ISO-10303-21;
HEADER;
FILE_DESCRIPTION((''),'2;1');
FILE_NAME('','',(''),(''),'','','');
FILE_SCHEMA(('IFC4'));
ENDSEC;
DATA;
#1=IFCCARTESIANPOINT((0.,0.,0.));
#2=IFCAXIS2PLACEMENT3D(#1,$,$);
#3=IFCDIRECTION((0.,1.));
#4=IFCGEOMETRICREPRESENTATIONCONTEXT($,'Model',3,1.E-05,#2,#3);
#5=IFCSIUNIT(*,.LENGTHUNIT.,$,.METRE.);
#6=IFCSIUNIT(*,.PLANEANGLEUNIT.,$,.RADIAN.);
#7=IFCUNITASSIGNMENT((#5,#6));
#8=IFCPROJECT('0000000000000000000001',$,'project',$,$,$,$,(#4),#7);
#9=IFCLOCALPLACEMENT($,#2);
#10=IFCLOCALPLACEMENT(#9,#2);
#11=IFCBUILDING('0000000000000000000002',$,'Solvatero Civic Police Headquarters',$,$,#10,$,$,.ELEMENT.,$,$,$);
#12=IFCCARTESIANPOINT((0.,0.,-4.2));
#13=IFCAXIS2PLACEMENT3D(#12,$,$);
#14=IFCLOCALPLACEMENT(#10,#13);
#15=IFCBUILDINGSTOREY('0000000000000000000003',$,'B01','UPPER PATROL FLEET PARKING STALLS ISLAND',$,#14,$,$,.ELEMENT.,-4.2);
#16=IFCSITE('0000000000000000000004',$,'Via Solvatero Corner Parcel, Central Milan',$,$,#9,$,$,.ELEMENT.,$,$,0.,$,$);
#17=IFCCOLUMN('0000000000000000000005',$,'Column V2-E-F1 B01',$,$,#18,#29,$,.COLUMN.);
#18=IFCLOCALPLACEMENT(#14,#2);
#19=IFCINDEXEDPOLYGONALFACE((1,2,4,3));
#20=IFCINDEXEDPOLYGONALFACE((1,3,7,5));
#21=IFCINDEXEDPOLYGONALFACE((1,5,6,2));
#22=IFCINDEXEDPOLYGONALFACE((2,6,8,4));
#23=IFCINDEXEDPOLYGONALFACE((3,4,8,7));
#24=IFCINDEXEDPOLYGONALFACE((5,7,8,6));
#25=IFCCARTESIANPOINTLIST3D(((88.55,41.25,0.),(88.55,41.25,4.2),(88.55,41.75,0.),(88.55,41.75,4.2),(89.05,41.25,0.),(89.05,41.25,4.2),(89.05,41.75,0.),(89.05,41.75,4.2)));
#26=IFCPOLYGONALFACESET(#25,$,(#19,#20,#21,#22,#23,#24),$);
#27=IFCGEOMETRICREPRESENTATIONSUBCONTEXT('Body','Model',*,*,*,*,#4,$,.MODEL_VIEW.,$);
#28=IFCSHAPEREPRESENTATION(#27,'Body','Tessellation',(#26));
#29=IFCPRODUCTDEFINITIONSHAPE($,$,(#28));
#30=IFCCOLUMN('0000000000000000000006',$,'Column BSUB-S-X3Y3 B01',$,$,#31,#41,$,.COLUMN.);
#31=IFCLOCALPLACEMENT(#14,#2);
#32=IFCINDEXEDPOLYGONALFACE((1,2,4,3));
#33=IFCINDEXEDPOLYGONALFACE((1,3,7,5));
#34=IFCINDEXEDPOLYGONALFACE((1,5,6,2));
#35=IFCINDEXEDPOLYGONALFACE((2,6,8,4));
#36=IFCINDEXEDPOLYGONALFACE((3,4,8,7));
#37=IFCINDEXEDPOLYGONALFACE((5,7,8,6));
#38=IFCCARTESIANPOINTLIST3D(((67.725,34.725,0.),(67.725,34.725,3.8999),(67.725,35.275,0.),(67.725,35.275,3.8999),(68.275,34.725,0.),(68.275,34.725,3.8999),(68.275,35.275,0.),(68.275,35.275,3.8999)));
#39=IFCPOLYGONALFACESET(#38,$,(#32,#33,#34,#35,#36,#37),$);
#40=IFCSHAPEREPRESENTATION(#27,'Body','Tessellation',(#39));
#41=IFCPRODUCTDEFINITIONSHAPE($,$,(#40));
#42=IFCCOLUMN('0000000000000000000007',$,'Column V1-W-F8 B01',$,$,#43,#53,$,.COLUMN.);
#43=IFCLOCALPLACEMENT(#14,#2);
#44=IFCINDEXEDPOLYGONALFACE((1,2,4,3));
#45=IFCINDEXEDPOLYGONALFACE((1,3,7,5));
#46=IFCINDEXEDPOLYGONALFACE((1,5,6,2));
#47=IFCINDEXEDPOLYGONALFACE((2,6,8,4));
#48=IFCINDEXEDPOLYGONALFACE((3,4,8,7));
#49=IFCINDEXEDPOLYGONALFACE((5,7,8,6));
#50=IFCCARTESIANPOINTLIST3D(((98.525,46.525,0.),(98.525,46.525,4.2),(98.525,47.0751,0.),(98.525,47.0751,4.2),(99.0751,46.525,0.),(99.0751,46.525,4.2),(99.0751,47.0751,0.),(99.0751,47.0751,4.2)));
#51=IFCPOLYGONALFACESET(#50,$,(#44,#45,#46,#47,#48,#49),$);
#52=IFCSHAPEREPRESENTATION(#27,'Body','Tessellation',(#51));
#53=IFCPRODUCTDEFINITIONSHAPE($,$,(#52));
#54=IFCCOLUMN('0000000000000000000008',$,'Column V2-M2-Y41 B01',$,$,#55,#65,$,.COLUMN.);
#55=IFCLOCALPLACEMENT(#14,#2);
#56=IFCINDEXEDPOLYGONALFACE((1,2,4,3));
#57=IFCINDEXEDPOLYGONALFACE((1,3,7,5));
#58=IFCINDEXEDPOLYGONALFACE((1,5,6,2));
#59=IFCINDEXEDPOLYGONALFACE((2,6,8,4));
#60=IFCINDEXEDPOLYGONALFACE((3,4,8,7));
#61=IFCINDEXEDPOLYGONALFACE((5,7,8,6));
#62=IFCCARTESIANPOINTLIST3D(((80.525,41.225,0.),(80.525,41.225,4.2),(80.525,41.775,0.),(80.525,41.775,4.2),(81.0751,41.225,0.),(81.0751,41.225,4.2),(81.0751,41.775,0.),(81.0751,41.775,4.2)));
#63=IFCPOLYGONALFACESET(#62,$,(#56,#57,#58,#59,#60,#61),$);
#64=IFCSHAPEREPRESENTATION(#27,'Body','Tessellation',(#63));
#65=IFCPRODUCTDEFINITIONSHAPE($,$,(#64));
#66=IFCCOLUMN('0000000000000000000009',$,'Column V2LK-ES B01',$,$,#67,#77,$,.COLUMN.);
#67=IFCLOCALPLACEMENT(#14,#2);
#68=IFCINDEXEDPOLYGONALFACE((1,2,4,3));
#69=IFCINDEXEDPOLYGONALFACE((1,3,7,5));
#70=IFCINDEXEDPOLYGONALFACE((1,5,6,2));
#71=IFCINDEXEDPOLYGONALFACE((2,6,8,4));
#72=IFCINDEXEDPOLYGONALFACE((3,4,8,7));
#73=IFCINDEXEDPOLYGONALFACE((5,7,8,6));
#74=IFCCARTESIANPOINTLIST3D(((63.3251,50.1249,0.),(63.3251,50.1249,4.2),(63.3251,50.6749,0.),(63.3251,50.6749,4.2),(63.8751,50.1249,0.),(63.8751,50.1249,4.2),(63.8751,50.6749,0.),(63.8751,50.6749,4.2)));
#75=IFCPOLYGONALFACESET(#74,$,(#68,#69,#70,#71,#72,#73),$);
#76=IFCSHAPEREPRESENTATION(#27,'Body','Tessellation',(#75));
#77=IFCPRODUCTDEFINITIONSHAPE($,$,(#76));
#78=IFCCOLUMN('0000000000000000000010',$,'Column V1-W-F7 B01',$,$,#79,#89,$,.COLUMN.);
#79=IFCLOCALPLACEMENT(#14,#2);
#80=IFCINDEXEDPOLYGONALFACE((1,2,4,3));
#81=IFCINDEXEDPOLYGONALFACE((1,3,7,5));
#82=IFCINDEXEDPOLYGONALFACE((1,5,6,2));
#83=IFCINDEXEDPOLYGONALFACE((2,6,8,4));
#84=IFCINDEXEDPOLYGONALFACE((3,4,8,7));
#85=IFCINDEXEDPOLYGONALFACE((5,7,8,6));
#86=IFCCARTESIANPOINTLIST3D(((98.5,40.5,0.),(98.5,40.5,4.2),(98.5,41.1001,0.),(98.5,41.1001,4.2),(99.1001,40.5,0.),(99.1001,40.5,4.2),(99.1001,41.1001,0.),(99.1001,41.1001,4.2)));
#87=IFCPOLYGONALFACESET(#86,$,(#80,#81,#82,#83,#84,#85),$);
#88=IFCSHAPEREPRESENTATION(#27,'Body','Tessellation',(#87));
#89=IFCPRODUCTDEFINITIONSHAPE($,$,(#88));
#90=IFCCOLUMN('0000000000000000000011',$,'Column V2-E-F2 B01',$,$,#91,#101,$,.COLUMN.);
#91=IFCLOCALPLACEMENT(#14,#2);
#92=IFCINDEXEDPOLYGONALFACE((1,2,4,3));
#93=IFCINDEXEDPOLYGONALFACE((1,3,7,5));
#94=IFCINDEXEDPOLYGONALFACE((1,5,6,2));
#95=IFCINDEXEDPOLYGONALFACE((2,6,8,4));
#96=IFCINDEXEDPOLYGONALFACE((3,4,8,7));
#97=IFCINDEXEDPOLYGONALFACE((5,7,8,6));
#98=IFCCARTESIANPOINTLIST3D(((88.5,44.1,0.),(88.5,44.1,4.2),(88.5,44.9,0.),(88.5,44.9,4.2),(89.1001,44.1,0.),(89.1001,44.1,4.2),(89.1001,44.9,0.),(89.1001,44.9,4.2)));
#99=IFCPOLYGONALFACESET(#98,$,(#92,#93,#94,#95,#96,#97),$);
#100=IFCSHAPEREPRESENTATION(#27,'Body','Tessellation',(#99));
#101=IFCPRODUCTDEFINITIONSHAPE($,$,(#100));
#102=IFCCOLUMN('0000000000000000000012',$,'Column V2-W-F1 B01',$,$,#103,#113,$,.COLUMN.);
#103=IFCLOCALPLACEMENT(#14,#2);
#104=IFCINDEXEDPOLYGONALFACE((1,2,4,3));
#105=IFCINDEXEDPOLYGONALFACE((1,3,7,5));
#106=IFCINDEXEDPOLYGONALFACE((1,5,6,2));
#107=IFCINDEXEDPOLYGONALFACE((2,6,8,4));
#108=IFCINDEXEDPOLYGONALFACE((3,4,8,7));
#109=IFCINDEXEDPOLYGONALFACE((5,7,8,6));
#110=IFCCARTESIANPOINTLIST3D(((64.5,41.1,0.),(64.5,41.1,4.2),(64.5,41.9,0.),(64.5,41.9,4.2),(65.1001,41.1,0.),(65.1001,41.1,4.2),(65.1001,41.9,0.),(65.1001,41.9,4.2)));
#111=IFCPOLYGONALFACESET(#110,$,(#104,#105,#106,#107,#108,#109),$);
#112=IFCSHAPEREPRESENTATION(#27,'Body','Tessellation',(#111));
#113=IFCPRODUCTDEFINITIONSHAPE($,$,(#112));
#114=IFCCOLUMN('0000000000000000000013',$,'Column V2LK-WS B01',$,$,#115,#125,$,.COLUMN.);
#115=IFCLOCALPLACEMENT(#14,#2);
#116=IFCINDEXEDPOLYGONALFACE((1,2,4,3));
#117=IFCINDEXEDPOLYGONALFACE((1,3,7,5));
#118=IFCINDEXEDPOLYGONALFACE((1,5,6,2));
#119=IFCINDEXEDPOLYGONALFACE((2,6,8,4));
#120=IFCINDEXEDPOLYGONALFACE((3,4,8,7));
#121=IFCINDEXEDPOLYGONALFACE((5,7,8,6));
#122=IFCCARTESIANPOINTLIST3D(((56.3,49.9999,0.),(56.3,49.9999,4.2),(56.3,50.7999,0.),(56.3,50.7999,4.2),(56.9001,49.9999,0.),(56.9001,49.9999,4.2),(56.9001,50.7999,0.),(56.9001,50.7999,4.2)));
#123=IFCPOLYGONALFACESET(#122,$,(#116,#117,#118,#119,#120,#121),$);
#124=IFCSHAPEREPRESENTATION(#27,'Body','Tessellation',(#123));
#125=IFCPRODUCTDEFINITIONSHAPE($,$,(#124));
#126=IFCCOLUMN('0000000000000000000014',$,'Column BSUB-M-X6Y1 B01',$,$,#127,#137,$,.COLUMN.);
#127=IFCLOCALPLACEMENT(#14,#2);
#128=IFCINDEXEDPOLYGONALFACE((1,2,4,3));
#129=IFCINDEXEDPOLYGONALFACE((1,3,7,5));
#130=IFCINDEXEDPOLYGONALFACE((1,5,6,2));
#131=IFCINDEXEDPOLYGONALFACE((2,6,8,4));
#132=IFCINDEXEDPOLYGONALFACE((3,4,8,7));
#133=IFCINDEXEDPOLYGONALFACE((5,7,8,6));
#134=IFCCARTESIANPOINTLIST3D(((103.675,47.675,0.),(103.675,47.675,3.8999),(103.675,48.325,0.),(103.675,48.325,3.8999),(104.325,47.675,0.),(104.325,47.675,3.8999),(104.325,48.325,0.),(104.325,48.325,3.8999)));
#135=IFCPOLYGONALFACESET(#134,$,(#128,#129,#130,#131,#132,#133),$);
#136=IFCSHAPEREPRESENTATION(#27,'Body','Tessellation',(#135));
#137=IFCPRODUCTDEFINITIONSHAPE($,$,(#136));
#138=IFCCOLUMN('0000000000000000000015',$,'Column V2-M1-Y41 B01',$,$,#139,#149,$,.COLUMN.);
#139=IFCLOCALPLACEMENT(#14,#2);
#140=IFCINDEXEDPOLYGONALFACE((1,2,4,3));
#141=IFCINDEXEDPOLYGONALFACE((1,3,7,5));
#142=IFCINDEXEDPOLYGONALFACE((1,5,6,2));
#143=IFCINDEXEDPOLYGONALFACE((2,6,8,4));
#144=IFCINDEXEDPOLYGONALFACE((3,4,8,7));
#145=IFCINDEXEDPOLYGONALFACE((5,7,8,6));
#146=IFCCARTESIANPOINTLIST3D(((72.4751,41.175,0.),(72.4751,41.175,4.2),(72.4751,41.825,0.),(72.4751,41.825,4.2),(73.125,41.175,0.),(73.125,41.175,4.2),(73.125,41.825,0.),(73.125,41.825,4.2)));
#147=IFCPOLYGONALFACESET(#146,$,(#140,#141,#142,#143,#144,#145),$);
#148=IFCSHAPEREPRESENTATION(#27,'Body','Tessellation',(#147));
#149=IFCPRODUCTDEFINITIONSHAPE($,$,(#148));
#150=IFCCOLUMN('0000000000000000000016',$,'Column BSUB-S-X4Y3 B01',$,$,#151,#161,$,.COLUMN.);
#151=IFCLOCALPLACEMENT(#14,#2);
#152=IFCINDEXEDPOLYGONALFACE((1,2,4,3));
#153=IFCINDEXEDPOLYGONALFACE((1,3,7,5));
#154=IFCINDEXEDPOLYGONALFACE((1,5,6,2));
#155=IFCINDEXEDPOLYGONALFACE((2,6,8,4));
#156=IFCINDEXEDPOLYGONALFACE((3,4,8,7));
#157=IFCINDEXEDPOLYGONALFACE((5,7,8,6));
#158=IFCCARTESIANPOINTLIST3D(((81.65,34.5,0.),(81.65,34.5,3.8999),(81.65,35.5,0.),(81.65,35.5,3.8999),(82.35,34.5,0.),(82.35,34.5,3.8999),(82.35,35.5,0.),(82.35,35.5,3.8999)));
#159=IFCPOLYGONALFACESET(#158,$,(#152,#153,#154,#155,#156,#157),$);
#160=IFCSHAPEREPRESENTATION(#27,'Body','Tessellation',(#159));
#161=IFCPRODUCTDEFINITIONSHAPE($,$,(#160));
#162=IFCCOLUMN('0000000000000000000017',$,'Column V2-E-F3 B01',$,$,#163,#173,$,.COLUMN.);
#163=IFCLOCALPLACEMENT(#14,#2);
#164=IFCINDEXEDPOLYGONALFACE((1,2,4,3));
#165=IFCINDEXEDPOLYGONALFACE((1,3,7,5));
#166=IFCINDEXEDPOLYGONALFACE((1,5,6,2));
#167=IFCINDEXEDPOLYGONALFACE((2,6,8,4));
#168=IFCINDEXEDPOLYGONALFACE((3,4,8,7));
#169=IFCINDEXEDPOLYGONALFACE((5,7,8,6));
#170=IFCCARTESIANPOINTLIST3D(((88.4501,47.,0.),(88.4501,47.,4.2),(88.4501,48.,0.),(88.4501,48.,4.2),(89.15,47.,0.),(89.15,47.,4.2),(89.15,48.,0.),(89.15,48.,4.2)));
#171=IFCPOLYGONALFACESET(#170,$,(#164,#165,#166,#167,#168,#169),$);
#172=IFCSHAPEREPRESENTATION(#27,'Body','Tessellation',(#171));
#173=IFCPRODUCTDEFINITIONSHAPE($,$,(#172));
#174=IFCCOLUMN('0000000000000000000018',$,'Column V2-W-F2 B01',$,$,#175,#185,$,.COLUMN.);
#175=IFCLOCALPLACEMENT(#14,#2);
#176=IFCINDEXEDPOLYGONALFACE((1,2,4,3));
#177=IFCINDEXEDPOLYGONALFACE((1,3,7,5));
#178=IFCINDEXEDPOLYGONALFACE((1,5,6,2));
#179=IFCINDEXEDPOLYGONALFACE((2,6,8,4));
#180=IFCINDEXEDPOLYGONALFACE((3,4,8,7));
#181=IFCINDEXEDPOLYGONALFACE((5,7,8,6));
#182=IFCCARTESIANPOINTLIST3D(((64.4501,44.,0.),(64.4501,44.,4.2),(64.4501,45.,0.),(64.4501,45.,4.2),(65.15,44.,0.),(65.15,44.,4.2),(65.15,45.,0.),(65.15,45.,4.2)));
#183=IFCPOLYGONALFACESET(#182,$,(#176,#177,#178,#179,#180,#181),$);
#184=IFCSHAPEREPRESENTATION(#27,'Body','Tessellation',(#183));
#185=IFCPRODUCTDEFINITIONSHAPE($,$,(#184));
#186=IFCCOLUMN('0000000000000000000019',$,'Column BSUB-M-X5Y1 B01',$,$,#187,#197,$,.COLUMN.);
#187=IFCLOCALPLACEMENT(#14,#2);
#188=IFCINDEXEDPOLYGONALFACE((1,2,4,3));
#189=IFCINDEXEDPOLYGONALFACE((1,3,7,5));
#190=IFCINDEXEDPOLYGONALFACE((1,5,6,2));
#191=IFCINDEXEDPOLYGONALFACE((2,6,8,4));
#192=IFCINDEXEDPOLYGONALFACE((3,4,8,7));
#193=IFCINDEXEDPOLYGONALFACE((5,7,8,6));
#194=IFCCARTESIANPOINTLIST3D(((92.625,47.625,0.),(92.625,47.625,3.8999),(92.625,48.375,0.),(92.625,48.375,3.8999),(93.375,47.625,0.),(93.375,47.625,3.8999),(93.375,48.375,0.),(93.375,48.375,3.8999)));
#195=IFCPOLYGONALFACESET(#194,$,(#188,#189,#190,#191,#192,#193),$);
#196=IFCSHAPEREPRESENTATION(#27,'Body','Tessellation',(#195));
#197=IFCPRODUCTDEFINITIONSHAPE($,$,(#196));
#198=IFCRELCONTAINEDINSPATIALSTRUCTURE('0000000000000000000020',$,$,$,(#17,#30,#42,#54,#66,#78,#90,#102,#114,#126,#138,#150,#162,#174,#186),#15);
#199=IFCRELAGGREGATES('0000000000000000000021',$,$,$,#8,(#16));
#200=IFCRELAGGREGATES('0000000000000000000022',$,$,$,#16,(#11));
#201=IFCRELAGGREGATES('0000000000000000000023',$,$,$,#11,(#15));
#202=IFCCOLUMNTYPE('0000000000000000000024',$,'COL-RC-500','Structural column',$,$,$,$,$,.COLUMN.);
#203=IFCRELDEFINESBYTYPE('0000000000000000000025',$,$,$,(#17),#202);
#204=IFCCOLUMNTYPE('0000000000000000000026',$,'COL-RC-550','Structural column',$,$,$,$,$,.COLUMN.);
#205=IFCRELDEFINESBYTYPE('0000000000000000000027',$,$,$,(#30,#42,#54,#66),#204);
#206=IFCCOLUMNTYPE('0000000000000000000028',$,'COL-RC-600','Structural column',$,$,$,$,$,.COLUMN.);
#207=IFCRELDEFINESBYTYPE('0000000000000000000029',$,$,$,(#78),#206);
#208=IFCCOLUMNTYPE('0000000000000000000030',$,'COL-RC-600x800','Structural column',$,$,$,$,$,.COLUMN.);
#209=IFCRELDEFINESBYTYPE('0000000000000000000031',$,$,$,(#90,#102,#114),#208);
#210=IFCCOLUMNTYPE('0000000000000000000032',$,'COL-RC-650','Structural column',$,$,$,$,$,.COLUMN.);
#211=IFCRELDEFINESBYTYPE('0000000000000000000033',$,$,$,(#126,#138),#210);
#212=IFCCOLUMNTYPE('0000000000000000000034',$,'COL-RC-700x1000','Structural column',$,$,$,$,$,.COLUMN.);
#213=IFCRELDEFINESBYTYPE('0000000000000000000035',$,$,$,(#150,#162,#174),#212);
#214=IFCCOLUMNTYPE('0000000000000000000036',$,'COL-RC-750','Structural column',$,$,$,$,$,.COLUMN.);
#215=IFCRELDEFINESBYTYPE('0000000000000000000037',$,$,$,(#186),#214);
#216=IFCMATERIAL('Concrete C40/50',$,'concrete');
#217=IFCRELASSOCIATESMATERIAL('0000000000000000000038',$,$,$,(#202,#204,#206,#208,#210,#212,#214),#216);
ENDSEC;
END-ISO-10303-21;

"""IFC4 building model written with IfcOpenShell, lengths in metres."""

from ifc_helpers import new_model, si_unit, direction, frame, origin, origin_2d, place, context, subcontext, project, spatial, rectangle, extrude, material, material_profile, profile_set, type_object, element, save


model = new_model("IFC4")

# Units and contexts
model_context = context("Model", 3, precision=1e-05, world=origin(), true_north=direction((0.0, 1.0)))
body_context = subcontext(model_context, "Body", "Model", "MODEL_VIEW")
ifc_project = project(units=[si_unit("LENGTHUNIT", "METRE"), si_unit("PLANEANGLEUNIT", "RADIAN")], contexts=[model_context])

# Site, building, storey
site_placement = place(None, origin())
site = spatial("IfcSite", under=ifc_project, at=site_placement, Name="Via Solvatero Corner Parcel, Central Milan", CompositionType="ELEMENT", RefElevation=0.0)
building_placement = place(site_placement, origin())
building = spatial("IfcBuilding", under=site, at=building_placement, Name="Solvatero Civic Police Headquarters", CompositionType="ELEMENT")
storey_placement = place(building_placement, frame((0.0, 0.0, -4.2)))
storey = spatial("IfcBuildingStorey", under=building, at=storey_placement, Name="B01", Description="UPPER PATROL FLEET PARKING STALLS ISLAND", CompositionType="ELEMENT", Elevation=-4.2)

# Columns
ifc_material = material(Name="Concrete C40/50", Category="concrete")
ifc_material_profile_1 = material_profile(ifc_material, rectangle(XDim=0.5, YDim=0.5, at=origin_2d()), Name="RC 500x500")
ifc_profile_set_1 = profile_set([ifc_material_profile_1], Name="Concrete C40/50")
column_type_1 = type_object("IfcColumnType", Name="COL-RC-500", Description="Structural column", PredefinedType="COLUMN", material=ifc_profile_set_1)
column_1_placement = place(storey_placement, frame((88.8, 41.5, 0.0), z_axis=(0.0, 0.0, 1.0), x_axis=(1.0, 0.0, 0.0)))
element("IfcColumn", 1, at=column_1_placement, inside=storey, type_object=column_type_1, Name="Column V2-E-F1 B01", PredefinedType="COLUMN", context=body_context, shape_type="SweptSolid", body=[
    extrude(rectangle(XDim=0.5, YDim=0.5, at=origin_2d()), origin(), (0.0, 0.0, 1.0), 4.2),
])
ifc_material_profile_2 = material_profile(ifc_material, rectangle(XDim=0.55, YDim=0.55, at=origin_2d()), Name="RC 550x550")
ifc_profile_set_2 = profile_set([ifc_material_profile_2], Name="Concrete C40/50")
column_type_2 = type_object("IfcColumnType", Name="COL-RC-550", Description="Structural column", PredefinedType="COLUMN", material=ifc_profile_set_2)
column_2_placement = place(storey_placement, frame((68.0, 35.0, 0.0), z_axis=(0.0, 0.0, 1.0), x_axis=(1.0, 0.0, 0.0)))
element("IfcColumn", 2, at=column_2_placement, inside=storey, type_object=column_type_2, Name="Column BSUB-S-X3Y3 B01", PredefinedType="COLUMN", context=body_context, shape_type="SweptSolid", body=[
    extrude(rectangle(XDim=0.55, YDim=0.55, at=origin_2d()), origin(), (0.0, 0.0, 1.0), 3.8999),
])
for number, where, z_axis, x_axis, name in (
    (3, (98.8, 46.8, 0.0), (0.0, 0.0, 1.0), (1.0, 0.0, 0.0), "Column V1-W-F8 B01"),
    (4, (80.8, 41.5, 0.0), (0.0, 0.0, 1.0), (1.0, 0.0, 0.0), "Column V2-M2-Y41 B01"),
    (5, (63.6001, 50.3999, 0.0), (0.0, 0.0, 1.0), (1.0, 0.0, 0.0), "Column V2LK-ES B01"),
):
    element("IfcColumn", number, at=place(storey_placement, frame(where, z_axis=z_axis, x_axis=x_axis)), inside=storey, type_object=column_type_2, Name=name, PredefinedType="COLUMN", context=body_context, shape_type="SweptSolid", body=[
        extrude(rectangle(XDim=0.55, YDim=0.55, at=origin_2d()), origin(), (0.0, 0.0, 1.0), 4.2),
    ])
ifc_material_profile_3 = material_profile(ifc_material, rectangle(XDim=0.6001, YDim=0.6001, at=origin_2d()), Name="RC 600x600")
ifc_profile_set_3 = profile_set([ifc_material_profile_3], Name="Concrete C40/50")
column_type_3 = type_object("IfcColumnType", Name="COL-RC-600", Description="Structural column", PredefinedType="COLUMN", material=ifc_profile_set_3)
column_3_placement = place(storey_placement, frame((98.8, 40.8, 0.0), z_axis=(0.0, 0.0, 1.0), x_axis=(1.0, 0.0, 0.0)))
element("IfcColumn", 6, at=column_3_placement, inside=storey, type_object=column_type_3, Name="Column V1-W-F7 B01", PredefinedType="COLUMN", context=body_context, shape_type="SweptSolid", body=[
    extrude(rectangle(XDim=0.6001, YDim=0.6001, at=origin_2d()), origin(), (0.0, 0.0, 1.0), 4.2),
])
ifc_material_profile_4 = material_profile(ifc_material, rectangle(XDim=0.6001, YDim=0.8, at=origin_2d()), Name="RC 600x800")
ifc_profile_set_4 = profile_set([ifc_material_profile_4], Name="Concrete C40/50")
column_type_4 = type_object("IfcColumnType", Name="COL-RC-600x800", Description="Structural column", PredefinedType="COLUMN", material=ifc_profile_set_4)
for number, where, z_axis, x_axis, name in (
    (7, (88.8, 44.5, 0.0), (0.0, 0.0, 1.0), (1.0, 0.0, 0.0), "Column V2-E-F2 B01"),
    (8, (64.8, 41.5, 0.0), (0.0, 0.0, 1.0), (1.0, 0.0, 0.0), "Column V2-W-F1 B01"),
    (9, (56.6001, 50.3999, 0.0), (0.0, 0.0, 1.0), (1.0, 0.0, 0.0), "Column V2LK-WS B01"),
):
    element("IfcColumn", number, at=place(storey_placement, frame(where, z_axis=z_axis, x_axis=x_axis)), inside=storey, type_object=column_type_4, Name=name, PredefinedType="COLUMN", context=body_context, shape_type="SweptSolid", body=[
        extrude(rectangle(XDim=0.6001, YDim=0.8, at=origin_2d()), origin(), (0.0, 0.0, 1.0), 4.2),
    ])
ifc_material_profile_5 = material_profile(ifc_material, rectangle(XDim=0.6499, YDim=0.6499, at=origin_2d()), Name="RC 650x650")
ifc_profile_set_5 = profile_set([ifc_material_profile_5], Name="Concrete C40/50")
column_type_5 = type_object("IfcColumnType", Name="COL-RC-650", Description="Structural column", PredefinedType="COLUMN", material=ifc_profile_set_5)
column_4_placement = place(storey_placement, frame((104.0, 48.0, 0.0), z_axis=(0.0, 0.0, 1.0), x_axis=(1.0, 0.0, 0.0)))
element("IfcColumn", 10, at=column_4_placement, inside=storey, type_object=column_type_5, Name="Column BSUB-M-X6Y1 B01", PredefinedType="COLUMN", context=body_context, shape_type="SweptSolid", body=[
    extrude(rectangle(XDim=0.6499, YDim=0.6499, at=origin_2d()), origin(), (0.0, 0.0, 1.0), 3.8999),
])
column_5_placement = place(storey_placement, frame((72.8, 41.5, 0.0), z_axis=(0.0, 0.0, 1.0), x_axis=(1.0, 0.0, 0.0)))
element("IfcColumn", 11, at=column_5_placement, inside=storey, type_object=column_type_5, Name="Column V2-M1-Y41 B01", PredefinedType="COLUMN", context=body_context, shape_type="SweptSolid", body=[
    extrude(rectangle(XDim=0.6499, YDim=0.6499, at=origin_2d()), origin(), (0.0, 0.0, 1.0), 4.2),
])
ifc_material_profile_6 = material_profile(ifc_material, rectangle(XDim=0.7, YDim=1.0, at=origin_2d()), Name="RC 700x1000")
ifc_profile_set_6 = profile_set([ifc_material_profile_6], Name="Concrete C40/50")
column_type_6 = type_object("IfcColumnType", Name="COL-RC-700x1000", Description="Structural column", PredefinedType="COLUMN", material=ifc_profile_set_6)
column_6_placement = place(storey_placement, frame((82.0, 35.0, 0.0), z_axis=(0.0, 0.0, 1.0), x_axis=(1.0, 0.0, 0.0)))
element("IfcColumn", 12, at=column_6_placement, inside=storey, type_object=column_type_6, Name="Column BSUB-S-X4Y3 B01", PredefinedType="COLUMN", context=body_context, shape_type="SweptSolid", body=[
    extrude(rectangle(XDim=0.7, YDim=1.0, at=origin_2d()), origin(), (0.0, 0.0, 1.0), 3.8999),
])
for number, where, z_axis, x_axis, name in (
    (13, (88.8, 47.5, 0.0), (0.0, 0.0, 1.0), (1.0, 0.0, 0.0), "Column V2-E-F3 B01"),
    (14, (64.8, 44.5, 0.0), (0.0, 0.0, 1.0), (1.0, 0.0, 0.0), "Column V2-W-F2 B01"),
):
    element("IfcColumn", number, at=place(storey_placement, frame(where, z_axis=z_axis, x_axis=x_axis)), inside=storey, type_object=column_type_6, Name=name, PredefinedType="COLUMN", context=body_context, shape_type="SweptSolid", body=[
        extrude(rectangle(XDim=0.7, YDim=1.0, at=origin_2d()), origin(), (0.0, 0.0, 1.0), 4.2),
    ])
ifc_material_profile_7 = material_profile(ifc_material, rectangle(XDim=0.75, YDim=0.75, at=origin_2d()), Name="RC 750x750")
ifc_profile_set_7 = profile_set([ifc_material_profile_7], Name="Concrete C40/50")
column_type_7 = type_object("IfcColumnType", Name="COL-RC-750", Description="Structural column", PredefinedType="COLUMN", material=ifc_profile_set_7)
column_7_placement = place(storey_placement, frame((93.0, 48.0, 0.0), z_axis=(0.0, 0.0, 1.0), x_axis=(1.0, 0.0, 0.0)))
element("IfcColumn", 15, at=column_7_placement, inside=storey, type_object=column_type_7, Name="Column BSUB-M-X5Y1 B01", PredefinedType="COLUMN", context=body_context, shape_type="SweptSolid", body=[
    extrude(rectangle(XDim=0.75, YDim=0.75, at=origin_2d()), origin(), (0.0, 0.0, 1.0), 3.8999),
])

save(model, "model.ifc")
